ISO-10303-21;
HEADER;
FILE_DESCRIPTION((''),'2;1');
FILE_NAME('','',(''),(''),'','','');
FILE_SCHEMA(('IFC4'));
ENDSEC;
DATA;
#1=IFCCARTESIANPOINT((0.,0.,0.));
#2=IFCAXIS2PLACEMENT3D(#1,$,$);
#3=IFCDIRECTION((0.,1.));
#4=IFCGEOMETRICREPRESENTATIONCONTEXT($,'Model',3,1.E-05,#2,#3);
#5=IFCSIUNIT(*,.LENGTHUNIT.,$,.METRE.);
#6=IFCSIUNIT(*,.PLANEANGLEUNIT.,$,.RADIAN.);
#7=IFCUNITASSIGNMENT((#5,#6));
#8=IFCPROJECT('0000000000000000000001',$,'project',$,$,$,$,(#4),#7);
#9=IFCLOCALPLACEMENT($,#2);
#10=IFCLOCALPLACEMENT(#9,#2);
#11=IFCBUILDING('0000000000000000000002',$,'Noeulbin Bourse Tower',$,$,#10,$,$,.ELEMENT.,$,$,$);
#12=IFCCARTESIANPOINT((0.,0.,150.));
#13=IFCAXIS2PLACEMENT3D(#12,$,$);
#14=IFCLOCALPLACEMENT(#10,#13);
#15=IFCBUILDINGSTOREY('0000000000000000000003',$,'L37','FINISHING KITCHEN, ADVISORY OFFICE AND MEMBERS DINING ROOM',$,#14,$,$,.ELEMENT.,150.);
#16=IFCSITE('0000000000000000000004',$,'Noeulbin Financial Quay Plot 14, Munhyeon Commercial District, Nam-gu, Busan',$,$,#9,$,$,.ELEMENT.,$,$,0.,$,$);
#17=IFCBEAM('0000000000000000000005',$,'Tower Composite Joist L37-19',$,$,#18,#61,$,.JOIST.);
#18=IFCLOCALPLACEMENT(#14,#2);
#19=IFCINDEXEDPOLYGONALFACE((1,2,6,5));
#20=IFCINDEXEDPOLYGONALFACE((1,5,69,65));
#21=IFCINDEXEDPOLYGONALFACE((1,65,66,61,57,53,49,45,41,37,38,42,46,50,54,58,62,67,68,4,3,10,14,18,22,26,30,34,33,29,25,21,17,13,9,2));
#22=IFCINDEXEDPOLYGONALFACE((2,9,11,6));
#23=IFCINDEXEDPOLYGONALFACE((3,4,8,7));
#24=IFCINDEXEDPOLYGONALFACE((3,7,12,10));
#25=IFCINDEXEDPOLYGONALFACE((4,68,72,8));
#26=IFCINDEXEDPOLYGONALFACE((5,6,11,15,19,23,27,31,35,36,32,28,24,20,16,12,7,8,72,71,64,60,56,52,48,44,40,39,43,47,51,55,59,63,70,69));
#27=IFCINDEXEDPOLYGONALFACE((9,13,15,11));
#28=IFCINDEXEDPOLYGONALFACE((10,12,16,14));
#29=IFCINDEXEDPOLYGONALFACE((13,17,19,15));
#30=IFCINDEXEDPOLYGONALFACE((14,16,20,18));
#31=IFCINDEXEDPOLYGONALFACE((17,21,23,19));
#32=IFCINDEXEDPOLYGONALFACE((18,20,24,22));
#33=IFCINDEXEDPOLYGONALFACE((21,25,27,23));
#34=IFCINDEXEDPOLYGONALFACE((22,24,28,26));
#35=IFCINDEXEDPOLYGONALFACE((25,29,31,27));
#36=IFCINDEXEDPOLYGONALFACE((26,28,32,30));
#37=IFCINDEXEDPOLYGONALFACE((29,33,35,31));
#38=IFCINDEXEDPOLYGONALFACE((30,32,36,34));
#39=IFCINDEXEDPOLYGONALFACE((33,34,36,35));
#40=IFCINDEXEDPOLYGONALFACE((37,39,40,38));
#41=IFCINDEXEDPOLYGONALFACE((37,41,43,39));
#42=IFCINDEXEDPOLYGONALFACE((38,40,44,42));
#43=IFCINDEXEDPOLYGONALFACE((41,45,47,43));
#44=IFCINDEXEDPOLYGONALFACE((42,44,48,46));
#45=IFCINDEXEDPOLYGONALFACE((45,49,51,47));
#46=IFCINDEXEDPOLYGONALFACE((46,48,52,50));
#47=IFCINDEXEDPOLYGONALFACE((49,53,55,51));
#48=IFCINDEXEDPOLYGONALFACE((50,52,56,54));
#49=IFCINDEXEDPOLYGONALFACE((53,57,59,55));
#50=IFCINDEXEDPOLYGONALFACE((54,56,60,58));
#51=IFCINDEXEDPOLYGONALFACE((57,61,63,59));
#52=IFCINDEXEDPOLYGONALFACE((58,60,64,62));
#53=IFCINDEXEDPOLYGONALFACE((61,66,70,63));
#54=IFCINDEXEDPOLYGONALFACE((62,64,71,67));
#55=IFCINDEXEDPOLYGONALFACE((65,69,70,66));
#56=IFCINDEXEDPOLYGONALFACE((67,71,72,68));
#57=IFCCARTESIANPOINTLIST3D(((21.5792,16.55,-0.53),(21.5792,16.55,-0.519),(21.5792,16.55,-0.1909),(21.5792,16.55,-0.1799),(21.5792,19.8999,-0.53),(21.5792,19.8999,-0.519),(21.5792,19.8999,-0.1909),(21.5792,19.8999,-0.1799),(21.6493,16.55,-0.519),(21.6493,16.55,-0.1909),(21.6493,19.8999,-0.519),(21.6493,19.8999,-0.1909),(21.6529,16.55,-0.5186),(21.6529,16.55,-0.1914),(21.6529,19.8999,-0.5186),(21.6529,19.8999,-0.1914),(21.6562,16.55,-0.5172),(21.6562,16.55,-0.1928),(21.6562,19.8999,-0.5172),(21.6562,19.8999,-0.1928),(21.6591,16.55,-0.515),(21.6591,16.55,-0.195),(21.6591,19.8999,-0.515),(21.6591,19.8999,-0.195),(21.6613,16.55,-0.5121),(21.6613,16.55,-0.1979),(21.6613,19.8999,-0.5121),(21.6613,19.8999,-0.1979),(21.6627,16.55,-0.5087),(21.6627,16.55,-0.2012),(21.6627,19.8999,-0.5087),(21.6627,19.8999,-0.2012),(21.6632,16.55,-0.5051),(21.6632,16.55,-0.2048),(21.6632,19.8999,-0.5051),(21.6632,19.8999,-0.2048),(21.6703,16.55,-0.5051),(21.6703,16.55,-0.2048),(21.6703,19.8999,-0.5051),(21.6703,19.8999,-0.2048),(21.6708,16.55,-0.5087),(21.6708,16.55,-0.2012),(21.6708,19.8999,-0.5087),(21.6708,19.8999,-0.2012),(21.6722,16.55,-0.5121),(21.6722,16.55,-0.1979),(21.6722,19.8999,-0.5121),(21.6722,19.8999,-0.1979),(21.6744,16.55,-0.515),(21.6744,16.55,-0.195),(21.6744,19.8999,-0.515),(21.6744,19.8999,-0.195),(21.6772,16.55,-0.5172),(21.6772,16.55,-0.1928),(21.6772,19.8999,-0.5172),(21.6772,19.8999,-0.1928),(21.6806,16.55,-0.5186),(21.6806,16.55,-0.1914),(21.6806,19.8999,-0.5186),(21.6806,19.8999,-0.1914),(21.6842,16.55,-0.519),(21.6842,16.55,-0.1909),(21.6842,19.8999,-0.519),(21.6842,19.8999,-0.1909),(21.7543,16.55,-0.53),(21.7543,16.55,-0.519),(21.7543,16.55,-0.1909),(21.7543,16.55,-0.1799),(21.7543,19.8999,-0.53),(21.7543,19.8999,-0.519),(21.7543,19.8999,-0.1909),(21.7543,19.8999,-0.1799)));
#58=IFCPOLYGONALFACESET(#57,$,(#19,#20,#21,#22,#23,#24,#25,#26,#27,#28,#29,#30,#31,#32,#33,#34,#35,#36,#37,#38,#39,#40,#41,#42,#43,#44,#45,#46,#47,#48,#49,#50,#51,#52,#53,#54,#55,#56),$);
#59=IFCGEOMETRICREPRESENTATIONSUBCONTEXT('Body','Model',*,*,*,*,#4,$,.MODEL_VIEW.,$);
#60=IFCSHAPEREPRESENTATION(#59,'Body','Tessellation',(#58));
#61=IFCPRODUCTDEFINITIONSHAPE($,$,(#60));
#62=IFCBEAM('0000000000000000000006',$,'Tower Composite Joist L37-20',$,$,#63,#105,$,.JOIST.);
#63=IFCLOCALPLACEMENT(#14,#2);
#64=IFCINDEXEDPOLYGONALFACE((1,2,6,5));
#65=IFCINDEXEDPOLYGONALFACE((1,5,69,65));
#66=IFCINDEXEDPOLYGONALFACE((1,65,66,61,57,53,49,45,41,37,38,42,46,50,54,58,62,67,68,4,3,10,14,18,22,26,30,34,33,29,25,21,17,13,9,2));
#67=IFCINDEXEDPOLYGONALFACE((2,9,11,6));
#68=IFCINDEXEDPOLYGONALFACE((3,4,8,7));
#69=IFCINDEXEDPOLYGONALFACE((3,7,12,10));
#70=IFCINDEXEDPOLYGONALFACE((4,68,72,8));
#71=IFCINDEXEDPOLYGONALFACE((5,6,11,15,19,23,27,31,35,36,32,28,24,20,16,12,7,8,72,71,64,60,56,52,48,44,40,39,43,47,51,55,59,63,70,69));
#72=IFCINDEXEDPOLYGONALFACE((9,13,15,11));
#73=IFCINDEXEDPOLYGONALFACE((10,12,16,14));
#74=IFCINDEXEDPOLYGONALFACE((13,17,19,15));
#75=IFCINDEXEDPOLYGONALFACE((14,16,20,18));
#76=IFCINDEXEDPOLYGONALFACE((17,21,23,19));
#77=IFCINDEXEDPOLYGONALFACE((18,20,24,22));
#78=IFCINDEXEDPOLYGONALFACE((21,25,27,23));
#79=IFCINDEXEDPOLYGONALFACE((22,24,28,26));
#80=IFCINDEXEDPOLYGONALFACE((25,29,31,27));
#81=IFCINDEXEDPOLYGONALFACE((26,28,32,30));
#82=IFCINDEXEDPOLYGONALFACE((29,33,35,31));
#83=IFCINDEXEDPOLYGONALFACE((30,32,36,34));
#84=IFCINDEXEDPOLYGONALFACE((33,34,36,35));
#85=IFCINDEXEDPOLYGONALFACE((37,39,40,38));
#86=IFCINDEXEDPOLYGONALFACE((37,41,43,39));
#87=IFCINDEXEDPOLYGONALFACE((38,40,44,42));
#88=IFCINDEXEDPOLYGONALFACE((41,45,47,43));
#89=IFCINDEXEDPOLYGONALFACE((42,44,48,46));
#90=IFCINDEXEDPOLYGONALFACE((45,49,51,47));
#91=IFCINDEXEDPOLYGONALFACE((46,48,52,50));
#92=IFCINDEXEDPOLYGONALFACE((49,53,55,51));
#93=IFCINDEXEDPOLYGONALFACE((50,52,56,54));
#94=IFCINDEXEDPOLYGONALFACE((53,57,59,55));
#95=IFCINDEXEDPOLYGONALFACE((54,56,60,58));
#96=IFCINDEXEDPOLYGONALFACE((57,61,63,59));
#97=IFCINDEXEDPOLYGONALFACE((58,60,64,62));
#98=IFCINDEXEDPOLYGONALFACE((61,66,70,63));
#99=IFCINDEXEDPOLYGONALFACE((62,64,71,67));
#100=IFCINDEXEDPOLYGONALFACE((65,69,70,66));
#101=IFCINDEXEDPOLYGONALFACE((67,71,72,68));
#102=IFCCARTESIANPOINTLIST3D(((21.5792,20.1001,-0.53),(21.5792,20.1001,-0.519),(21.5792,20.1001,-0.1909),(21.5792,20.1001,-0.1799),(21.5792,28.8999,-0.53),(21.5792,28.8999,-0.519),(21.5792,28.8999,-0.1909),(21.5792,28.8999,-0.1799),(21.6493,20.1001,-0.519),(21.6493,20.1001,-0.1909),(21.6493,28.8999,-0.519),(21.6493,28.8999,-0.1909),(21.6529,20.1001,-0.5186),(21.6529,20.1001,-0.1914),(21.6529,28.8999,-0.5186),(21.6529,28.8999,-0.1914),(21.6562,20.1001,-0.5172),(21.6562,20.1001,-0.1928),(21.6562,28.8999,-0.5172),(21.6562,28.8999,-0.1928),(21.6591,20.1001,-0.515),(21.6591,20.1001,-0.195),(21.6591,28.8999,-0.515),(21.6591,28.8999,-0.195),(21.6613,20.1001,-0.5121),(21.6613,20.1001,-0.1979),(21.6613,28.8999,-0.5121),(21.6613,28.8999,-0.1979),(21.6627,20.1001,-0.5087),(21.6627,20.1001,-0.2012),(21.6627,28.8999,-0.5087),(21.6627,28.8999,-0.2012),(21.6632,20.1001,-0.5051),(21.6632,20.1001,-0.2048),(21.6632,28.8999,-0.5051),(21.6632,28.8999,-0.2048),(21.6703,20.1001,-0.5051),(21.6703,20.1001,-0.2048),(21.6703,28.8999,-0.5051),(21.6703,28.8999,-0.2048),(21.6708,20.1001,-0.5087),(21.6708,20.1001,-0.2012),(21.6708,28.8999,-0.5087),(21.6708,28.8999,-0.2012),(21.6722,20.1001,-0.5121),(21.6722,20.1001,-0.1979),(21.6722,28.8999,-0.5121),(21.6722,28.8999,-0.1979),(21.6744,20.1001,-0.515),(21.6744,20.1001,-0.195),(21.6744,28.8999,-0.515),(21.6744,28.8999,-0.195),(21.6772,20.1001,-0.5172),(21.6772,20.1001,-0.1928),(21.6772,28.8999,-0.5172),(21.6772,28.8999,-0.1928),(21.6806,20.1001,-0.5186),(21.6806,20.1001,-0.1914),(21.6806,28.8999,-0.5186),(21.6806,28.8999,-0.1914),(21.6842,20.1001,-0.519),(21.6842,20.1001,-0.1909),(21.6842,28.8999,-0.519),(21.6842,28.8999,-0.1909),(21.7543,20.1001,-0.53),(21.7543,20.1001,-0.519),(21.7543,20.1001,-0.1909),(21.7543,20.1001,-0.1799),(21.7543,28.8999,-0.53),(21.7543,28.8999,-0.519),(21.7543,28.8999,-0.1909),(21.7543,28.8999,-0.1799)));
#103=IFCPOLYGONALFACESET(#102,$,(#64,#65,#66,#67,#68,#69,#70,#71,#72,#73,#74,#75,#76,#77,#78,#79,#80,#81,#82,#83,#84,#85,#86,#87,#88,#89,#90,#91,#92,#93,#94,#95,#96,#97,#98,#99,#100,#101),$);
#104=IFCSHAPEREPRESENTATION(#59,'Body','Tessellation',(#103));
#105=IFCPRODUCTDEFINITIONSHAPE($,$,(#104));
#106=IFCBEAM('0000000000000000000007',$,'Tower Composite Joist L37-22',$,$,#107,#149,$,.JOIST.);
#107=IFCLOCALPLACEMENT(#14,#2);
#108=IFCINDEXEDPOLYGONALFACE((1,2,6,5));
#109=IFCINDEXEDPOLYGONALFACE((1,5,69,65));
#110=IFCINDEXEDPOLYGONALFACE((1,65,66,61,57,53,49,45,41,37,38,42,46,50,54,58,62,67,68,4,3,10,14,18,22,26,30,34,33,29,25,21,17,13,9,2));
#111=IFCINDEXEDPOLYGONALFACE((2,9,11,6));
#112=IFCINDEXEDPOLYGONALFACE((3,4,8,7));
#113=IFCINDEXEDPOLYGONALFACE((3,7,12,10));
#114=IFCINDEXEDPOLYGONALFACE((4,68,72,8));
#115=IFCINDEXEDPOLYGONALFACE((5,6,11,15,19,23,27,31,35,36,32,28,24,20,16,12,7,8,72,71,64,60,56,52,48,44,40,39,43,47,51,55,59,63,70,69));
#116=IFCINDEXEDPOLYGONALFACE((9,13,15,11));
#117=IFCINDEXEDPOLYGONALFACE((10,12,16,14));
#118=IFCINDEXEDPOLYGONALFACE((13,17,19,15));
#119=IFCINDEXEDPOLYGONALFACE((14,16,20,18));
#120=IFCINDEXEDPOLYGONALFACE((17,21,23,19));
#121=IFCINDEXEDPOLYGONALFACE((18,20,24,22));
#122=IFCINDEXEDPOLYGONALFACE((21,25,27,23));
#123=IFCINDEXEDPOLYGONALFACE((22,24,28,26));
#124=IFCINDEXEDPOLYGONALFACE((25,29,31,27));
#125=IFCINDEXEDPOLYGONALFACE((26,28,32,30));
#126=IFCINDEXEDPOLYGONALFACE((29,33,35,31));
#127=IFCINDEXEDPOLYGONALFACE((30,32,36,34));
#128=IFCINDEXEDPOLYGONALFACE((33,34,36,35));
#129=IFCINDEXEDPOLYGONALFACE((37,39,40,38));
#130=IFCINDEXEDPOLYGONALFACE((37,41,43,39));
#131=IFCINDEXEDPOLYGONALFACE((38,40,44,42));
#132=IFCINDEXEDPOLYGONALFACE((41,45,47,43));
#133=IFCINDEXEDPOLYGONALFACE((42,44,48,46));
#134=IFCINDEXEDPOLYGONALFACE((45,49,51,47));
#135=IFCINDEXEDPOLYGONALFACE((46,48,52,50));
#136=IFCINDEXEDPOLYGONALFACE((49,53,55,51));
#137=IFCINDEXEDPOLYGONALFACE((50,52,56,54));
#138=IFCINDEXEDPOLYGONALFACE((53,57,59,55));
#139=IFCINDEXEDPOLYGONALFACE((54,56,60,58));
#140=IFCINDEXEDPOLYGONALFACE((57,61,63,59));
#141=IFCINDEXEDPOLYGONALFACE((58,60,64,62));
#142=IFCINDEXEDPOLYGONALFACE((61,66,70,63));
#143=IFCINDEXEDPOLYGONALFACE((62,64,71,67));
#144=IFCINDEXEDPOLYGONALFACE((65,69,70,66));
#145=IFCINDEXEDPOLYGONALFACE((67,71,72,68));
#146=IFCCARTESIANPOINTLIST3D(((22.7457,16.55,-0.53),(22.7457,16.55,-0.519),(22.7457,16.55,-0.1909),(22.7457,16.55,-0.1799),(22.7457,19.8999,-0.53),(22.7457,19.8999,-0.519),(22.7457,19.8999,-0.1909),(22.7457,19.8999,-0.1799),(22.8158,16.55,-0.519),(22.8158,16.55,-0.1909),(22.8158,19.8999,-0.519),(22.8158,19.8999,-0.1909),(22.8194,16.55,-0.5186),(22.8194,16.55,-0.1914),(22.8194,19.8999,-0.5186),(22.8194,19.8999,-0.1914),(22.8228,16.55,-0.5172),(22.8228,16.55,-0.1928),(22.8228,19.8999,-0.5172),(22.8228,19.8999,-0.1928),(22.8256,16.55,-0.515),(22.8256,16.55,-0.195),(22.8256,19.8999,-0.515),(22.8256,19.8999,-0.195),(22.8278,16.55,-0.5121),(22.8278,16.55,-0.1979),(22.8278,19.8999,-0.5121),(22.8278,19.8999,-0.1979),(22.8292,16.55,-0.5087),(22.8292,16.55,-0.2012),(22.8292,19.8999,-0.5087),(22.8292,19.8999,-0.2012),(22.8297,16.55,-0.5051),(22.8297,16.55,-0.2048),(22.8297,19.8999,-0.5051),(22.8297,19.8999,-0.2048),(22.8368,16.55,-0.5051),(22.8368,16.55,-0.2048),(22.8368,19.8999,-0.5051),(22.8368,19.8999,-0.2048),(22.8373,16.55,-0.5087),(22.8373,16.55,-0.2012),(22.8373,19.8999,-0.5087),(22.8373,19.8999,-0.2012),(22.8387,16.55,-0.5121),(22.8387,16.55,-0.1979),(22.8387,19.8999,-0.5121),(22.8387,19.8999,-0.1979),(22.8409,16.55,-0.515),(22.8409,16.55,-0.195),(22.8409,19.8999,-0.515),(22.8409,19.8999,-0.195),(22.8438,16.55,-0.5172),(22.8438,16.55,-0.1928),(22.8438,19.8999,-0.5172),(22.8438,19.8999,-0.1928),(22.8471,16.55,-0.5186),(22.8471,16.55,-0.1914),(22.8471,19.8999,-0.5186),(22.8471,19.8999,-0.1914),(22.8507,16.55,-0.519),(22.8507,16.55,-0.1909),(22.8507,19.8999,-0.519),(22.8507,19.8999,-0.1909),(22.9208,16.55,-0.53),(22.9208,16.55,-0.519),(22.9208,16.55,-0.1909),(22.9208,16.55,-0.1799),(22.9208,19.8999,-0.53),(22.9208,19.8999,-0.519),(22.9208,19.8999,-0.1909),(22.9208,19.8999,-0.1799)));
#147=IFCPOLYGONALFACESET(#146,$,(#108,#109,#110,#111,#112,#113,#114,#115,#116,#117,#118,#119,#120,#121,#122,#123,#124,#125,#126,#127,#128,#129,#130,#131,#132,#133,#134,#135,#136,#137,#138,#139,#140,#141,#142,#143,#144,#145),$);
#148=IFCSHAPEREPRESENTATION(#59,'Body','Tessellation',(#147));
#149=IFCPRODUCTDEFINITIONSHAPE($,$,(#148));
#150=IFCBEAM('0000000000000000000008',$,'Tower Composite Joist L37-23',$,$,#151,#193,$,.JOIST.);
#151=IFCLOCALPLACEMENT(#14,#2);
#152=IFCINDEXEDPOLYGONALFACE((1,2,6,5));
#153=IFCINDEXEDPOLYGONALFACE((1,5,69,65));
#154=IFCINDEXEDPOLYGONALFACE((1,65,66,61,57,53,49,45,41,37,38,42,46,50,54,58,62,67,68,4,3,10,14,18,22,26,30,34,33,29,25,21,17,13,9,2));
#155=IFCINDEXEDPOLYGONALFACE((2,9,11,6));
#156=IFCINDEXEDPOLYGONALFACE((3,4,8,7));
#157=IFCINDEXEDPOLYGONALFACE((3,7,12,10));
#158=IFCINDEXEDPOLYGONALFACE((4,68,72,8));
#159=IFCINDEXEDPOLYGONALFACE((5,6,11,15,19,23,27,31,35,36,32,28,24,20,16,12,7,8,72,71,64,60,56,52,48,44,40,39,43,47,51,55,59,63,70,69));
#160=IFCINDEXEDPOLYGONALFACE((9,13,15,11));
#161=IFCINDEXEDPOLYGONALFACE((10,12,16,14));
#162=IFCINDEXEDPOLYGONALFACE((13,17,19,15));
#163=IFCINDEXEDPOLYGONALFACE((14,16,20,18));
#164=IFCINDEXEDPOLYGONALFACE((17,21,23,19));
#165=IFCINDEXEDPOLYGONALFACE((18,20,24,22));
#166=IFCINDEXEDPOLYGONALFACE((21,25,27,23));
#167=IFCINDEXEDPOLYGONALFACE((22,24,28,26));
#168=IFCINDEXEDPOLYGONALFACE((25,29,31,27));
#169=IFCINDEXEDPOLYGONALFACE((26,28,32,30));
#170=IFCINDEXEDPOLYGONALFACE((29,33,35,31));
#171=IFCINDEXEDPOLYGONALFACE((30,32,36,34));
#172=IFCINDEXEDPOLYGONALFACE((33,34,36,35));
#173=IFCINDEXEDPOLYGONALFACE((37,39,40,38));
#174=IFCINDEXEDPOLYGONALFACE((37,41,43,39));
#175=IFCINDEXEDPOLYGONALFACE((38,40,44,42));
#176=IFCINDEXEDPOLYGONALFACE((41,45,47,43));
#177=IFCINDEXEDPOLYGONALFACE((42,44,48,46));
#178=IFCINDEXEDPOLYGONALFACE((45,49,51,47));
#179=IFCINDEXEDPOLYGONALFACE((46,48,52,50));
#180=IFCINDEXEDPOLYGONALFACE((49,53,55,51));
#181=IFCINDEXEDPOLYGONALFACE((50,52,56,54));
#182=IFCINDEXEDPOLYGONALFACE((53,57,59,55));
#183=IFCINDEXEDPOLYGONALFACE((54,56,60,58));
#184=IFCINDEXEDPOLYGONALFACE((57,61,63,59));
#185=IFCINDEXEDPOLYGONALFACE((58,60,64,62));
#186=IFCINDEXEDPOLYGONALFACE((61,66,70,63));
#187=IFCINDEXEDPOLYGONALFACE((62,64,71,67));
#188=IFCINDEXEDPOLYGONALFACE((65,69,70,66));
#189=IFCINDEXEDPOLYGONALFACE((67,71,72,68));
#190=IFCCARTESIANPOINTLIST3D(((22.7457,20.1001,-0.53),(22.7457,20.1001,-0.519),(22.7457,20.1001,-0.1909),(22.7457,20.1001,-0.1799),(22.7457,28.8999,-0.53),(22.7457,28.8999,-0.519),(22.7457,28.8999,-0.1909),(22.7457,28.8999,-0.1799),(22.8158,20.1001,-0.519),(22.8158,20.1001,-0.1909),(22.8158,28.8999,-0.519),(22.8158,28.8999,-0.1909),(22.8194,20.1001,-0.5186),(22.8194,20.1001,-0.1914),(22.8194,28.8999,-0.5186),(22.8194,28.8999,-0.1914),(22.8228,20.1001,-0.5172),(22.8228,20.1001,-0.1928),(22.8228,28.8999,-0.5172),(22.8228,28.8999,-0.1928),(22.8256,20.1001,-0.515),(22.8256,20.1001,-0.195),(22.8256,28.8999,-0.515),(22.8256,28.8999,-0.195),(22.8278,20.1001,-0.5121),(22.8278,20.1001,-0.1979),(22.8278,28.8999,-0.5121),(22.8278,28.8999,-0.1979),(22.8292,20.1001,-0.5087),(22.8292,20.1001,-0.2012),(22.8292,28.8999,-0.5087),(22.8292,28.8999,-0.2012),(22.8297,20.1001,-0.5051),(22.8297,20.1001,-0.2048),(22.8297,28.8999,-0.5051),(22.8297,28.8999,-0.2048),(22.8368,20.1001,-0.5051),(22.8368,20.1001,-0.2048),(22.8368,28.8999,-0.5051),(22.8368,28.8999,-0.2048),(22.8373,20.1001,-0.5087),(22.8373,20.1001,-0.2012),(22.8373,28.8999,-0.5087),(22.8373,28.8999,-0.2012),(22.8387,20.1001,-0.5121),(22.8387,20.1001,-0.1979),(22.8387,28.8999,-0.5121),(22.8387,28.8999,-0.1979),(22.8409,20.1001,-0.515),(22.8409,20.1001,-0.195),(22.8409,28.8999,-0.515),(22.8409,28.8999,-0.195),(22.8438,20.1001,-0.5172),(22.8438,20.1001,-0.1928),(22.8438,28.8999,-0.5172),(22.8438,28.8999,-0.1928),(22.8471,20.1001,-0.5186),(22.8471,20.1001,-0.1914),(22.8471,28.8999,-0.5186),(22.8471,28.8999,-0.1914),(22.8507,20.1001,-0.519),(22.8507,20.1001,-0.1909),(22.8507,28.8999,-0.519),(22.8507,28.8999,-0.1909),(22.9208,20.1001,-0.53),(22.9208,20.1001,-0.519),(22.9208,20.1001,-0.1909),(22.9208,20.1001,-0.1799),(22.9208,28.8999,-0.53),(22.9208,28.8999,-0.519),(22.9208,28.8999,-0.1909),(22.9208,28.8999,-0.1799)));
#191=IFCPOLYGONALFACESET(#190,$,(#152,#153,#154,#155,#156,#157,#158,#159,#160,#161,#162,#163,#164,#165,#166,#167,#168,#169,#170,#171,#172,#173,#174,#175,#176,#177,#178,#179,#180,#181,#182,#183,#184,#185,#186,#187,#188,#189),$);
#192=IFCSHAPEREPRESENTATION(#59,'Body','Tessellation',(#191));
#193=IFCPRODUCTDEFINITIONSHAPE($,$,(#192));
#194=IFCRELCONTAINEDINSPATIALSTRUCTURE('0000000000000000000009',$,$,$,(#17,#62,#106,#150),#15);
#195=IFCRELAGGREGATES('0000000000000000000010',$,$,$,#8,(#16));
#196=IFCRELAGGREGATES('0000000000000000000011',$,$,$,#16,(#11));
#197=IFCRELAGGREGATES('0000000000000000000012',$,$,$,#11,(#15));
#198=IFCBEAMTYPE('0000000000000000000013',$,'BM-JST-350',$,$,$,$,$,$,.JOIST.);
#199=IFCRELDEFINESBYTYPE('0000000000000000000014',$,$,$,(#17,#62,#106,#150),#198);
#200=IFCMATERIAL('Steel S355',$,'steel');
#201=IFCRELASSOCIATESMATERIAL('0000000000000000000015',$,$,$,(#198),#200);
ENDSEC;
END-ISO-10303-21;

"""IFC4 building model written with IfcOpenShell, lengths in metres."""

from ifc_helpers import new_model, si_unit, direction, frame, origin, origin_2d, place, context, subcontext, project, spatial, i_section, extrude, material, material_profile, profile_set, type_object, element, save


model = new_model("IFC4")

# Units and contexts
model_context = context("Model", 3, precision=1e-05, world=origin(), true_north=direction((0.0, 1.0)))
body_context = subcontext(model_context, "Body", "Model", "MODEL_VIEW")
ifc_project = project(units=[si_unit("LENGTHUNIT", "METRE"), si_unit("PLANEANGLEUNIT", "RADIAN")], contexts=[model_context])

# Site, building, storey
site_placement = place(None, origin())
site = spatial("IfcSite", under=ifc_project, at=site_placement, Name="Noeulbin Financial Quay Plot 14, Munhyeon Commercial District, Nam-gu, Busan", CompositionType="ELEMENT", RefElevation=0.0)
building_placement = place(site_placement, origin())
building = spatial("IfcBuilding", under=site, at=building_placement, Name="Noeulbin Bourse Tower", CompositionType="ELEMENT")
storey_placement = place(building_placement, frame((0.0, 0.0, 150.0)))
storey = spatial("IfcBuildingStorey", under=building, at=storey_placement, Name="L37", Description="FINISHING KITCHEN, ADVISORY OFFICE AND MEMBERS DINING ROOM", CompositionType="ELEMENT", Elevation=150.0)

# Shared definitions
ifc_material_1 = material(Name="Steel S355", Category="steel")

# Beams
ifc_material_profile_1 = material_profile(ifc_material_1, i_section(OverallWidth=0.175, OverallDepth=0.3501, WebThickness=0.0071, FlangeThickness=0.011, FilletRadius=0.0139, at=origin_2d()), Name="H-350x175x7x11", Category="LoadBearing")
ifc_profile_set_1 = profile_set([ifc_material_profile_1], Name="Steel S355")
beam_type_1 = type_object("IfcBeamType", Name="BM-JST-350", PredefinedType="JOIST", material=ifc_profile_set_1)
beam_1_placement = place(storey_placement, frame((21.6667, 16.55, -0.355), z_axis=(0.0, 1.0, 0.0), x_axis=(-1.0, 0.0, 0.0)))
element("IfcBeam", 1, at=beam_1_placement, inside=storey, type_object=beam_type_1, Name="Tower Composite Joist L37-19", PredefinedType="JOIST", context=body_context, shape_type="SweptSolid", body=[
    extrude(i_section(OverallWidth=0.175, OverallDepth=0.3501, WebThickness=0.0071, FlangeThickness=0.011, FilletRadius=0.0139, at=origin_2d()), origin(), (0.0, 0.0, 1.0), 3.3499),
])
beam_2_placement = place(storey_placement, frame((21.6667, 20.1001, -0.355), z_axis=(0.0, 1.0, 0.0), x_axis=(-1.0, 0.0, 0.0)))
element("IfcBeam", 2, at=beam_2_placement, inside=storey, type_object=beam_type_1, Name="Tower Composite Joist L37-20", PredefinedType="JOIST", context=body_context, shape_type="SweptSolid", body=[
    extrude(i_section(OverallWidth=0.175, OverallDepth=0.3501, WebThickness=0.0071, FlangeThickness=0.011, FilletRadius=0.0139, at=origin_2d()), origin(), (0.0, 0.0, 1.0), 8.7998),
])
beam_3_placement = place(storey_placement, frame((22.8333, 16.55, -0.355), z_axis=(0.0, 1.0, 0.0), x_axis=(-1.0, 0.0, 0.0)))
element("IfcBeam", 3, at=beam_3_placement, inside=storey, type_object=beam_type_1, Name="Tower Composite Joist L37-22", PredefinedType="JOIST", context=body_context, shape_type="SweptSolid", body=[
    extrude(i_section(OverallWidth=0.175, OverallDepth=0.3501, WebThickness=0.0071, FlangeThickness=0.011, FilletRadius=0.0139, at=origin_2d()), origin(), (0.0, 0.0, 1.0), 3.3499),
])
beam_4_placement = place(storey_placement, frame((22.8333, 20.1001, -0.355), z_axis=(0.0, 1.0, 0.0), x_axis=(-1.0, 0.0, 0.0)))
element("IfcBeam", 4, at=beam_4_placement, inside=storey, type_object=beam_type_1, Name="Tower Composite Joist L37-23", PredefinedType="JOIST", context=body_context, shape_type="SweptSolid", body=[
    extrude(i_section(OverallWidth=0.175, OverallDepth=0.3501, WebThickness=0.0071, FlangeThickness=0.011, FilletRadius=0.0139, at=origin_2d()), origin(), (0.0, 0.0, 1.0), 8.7998),
])

save(model, "model.ifc")
